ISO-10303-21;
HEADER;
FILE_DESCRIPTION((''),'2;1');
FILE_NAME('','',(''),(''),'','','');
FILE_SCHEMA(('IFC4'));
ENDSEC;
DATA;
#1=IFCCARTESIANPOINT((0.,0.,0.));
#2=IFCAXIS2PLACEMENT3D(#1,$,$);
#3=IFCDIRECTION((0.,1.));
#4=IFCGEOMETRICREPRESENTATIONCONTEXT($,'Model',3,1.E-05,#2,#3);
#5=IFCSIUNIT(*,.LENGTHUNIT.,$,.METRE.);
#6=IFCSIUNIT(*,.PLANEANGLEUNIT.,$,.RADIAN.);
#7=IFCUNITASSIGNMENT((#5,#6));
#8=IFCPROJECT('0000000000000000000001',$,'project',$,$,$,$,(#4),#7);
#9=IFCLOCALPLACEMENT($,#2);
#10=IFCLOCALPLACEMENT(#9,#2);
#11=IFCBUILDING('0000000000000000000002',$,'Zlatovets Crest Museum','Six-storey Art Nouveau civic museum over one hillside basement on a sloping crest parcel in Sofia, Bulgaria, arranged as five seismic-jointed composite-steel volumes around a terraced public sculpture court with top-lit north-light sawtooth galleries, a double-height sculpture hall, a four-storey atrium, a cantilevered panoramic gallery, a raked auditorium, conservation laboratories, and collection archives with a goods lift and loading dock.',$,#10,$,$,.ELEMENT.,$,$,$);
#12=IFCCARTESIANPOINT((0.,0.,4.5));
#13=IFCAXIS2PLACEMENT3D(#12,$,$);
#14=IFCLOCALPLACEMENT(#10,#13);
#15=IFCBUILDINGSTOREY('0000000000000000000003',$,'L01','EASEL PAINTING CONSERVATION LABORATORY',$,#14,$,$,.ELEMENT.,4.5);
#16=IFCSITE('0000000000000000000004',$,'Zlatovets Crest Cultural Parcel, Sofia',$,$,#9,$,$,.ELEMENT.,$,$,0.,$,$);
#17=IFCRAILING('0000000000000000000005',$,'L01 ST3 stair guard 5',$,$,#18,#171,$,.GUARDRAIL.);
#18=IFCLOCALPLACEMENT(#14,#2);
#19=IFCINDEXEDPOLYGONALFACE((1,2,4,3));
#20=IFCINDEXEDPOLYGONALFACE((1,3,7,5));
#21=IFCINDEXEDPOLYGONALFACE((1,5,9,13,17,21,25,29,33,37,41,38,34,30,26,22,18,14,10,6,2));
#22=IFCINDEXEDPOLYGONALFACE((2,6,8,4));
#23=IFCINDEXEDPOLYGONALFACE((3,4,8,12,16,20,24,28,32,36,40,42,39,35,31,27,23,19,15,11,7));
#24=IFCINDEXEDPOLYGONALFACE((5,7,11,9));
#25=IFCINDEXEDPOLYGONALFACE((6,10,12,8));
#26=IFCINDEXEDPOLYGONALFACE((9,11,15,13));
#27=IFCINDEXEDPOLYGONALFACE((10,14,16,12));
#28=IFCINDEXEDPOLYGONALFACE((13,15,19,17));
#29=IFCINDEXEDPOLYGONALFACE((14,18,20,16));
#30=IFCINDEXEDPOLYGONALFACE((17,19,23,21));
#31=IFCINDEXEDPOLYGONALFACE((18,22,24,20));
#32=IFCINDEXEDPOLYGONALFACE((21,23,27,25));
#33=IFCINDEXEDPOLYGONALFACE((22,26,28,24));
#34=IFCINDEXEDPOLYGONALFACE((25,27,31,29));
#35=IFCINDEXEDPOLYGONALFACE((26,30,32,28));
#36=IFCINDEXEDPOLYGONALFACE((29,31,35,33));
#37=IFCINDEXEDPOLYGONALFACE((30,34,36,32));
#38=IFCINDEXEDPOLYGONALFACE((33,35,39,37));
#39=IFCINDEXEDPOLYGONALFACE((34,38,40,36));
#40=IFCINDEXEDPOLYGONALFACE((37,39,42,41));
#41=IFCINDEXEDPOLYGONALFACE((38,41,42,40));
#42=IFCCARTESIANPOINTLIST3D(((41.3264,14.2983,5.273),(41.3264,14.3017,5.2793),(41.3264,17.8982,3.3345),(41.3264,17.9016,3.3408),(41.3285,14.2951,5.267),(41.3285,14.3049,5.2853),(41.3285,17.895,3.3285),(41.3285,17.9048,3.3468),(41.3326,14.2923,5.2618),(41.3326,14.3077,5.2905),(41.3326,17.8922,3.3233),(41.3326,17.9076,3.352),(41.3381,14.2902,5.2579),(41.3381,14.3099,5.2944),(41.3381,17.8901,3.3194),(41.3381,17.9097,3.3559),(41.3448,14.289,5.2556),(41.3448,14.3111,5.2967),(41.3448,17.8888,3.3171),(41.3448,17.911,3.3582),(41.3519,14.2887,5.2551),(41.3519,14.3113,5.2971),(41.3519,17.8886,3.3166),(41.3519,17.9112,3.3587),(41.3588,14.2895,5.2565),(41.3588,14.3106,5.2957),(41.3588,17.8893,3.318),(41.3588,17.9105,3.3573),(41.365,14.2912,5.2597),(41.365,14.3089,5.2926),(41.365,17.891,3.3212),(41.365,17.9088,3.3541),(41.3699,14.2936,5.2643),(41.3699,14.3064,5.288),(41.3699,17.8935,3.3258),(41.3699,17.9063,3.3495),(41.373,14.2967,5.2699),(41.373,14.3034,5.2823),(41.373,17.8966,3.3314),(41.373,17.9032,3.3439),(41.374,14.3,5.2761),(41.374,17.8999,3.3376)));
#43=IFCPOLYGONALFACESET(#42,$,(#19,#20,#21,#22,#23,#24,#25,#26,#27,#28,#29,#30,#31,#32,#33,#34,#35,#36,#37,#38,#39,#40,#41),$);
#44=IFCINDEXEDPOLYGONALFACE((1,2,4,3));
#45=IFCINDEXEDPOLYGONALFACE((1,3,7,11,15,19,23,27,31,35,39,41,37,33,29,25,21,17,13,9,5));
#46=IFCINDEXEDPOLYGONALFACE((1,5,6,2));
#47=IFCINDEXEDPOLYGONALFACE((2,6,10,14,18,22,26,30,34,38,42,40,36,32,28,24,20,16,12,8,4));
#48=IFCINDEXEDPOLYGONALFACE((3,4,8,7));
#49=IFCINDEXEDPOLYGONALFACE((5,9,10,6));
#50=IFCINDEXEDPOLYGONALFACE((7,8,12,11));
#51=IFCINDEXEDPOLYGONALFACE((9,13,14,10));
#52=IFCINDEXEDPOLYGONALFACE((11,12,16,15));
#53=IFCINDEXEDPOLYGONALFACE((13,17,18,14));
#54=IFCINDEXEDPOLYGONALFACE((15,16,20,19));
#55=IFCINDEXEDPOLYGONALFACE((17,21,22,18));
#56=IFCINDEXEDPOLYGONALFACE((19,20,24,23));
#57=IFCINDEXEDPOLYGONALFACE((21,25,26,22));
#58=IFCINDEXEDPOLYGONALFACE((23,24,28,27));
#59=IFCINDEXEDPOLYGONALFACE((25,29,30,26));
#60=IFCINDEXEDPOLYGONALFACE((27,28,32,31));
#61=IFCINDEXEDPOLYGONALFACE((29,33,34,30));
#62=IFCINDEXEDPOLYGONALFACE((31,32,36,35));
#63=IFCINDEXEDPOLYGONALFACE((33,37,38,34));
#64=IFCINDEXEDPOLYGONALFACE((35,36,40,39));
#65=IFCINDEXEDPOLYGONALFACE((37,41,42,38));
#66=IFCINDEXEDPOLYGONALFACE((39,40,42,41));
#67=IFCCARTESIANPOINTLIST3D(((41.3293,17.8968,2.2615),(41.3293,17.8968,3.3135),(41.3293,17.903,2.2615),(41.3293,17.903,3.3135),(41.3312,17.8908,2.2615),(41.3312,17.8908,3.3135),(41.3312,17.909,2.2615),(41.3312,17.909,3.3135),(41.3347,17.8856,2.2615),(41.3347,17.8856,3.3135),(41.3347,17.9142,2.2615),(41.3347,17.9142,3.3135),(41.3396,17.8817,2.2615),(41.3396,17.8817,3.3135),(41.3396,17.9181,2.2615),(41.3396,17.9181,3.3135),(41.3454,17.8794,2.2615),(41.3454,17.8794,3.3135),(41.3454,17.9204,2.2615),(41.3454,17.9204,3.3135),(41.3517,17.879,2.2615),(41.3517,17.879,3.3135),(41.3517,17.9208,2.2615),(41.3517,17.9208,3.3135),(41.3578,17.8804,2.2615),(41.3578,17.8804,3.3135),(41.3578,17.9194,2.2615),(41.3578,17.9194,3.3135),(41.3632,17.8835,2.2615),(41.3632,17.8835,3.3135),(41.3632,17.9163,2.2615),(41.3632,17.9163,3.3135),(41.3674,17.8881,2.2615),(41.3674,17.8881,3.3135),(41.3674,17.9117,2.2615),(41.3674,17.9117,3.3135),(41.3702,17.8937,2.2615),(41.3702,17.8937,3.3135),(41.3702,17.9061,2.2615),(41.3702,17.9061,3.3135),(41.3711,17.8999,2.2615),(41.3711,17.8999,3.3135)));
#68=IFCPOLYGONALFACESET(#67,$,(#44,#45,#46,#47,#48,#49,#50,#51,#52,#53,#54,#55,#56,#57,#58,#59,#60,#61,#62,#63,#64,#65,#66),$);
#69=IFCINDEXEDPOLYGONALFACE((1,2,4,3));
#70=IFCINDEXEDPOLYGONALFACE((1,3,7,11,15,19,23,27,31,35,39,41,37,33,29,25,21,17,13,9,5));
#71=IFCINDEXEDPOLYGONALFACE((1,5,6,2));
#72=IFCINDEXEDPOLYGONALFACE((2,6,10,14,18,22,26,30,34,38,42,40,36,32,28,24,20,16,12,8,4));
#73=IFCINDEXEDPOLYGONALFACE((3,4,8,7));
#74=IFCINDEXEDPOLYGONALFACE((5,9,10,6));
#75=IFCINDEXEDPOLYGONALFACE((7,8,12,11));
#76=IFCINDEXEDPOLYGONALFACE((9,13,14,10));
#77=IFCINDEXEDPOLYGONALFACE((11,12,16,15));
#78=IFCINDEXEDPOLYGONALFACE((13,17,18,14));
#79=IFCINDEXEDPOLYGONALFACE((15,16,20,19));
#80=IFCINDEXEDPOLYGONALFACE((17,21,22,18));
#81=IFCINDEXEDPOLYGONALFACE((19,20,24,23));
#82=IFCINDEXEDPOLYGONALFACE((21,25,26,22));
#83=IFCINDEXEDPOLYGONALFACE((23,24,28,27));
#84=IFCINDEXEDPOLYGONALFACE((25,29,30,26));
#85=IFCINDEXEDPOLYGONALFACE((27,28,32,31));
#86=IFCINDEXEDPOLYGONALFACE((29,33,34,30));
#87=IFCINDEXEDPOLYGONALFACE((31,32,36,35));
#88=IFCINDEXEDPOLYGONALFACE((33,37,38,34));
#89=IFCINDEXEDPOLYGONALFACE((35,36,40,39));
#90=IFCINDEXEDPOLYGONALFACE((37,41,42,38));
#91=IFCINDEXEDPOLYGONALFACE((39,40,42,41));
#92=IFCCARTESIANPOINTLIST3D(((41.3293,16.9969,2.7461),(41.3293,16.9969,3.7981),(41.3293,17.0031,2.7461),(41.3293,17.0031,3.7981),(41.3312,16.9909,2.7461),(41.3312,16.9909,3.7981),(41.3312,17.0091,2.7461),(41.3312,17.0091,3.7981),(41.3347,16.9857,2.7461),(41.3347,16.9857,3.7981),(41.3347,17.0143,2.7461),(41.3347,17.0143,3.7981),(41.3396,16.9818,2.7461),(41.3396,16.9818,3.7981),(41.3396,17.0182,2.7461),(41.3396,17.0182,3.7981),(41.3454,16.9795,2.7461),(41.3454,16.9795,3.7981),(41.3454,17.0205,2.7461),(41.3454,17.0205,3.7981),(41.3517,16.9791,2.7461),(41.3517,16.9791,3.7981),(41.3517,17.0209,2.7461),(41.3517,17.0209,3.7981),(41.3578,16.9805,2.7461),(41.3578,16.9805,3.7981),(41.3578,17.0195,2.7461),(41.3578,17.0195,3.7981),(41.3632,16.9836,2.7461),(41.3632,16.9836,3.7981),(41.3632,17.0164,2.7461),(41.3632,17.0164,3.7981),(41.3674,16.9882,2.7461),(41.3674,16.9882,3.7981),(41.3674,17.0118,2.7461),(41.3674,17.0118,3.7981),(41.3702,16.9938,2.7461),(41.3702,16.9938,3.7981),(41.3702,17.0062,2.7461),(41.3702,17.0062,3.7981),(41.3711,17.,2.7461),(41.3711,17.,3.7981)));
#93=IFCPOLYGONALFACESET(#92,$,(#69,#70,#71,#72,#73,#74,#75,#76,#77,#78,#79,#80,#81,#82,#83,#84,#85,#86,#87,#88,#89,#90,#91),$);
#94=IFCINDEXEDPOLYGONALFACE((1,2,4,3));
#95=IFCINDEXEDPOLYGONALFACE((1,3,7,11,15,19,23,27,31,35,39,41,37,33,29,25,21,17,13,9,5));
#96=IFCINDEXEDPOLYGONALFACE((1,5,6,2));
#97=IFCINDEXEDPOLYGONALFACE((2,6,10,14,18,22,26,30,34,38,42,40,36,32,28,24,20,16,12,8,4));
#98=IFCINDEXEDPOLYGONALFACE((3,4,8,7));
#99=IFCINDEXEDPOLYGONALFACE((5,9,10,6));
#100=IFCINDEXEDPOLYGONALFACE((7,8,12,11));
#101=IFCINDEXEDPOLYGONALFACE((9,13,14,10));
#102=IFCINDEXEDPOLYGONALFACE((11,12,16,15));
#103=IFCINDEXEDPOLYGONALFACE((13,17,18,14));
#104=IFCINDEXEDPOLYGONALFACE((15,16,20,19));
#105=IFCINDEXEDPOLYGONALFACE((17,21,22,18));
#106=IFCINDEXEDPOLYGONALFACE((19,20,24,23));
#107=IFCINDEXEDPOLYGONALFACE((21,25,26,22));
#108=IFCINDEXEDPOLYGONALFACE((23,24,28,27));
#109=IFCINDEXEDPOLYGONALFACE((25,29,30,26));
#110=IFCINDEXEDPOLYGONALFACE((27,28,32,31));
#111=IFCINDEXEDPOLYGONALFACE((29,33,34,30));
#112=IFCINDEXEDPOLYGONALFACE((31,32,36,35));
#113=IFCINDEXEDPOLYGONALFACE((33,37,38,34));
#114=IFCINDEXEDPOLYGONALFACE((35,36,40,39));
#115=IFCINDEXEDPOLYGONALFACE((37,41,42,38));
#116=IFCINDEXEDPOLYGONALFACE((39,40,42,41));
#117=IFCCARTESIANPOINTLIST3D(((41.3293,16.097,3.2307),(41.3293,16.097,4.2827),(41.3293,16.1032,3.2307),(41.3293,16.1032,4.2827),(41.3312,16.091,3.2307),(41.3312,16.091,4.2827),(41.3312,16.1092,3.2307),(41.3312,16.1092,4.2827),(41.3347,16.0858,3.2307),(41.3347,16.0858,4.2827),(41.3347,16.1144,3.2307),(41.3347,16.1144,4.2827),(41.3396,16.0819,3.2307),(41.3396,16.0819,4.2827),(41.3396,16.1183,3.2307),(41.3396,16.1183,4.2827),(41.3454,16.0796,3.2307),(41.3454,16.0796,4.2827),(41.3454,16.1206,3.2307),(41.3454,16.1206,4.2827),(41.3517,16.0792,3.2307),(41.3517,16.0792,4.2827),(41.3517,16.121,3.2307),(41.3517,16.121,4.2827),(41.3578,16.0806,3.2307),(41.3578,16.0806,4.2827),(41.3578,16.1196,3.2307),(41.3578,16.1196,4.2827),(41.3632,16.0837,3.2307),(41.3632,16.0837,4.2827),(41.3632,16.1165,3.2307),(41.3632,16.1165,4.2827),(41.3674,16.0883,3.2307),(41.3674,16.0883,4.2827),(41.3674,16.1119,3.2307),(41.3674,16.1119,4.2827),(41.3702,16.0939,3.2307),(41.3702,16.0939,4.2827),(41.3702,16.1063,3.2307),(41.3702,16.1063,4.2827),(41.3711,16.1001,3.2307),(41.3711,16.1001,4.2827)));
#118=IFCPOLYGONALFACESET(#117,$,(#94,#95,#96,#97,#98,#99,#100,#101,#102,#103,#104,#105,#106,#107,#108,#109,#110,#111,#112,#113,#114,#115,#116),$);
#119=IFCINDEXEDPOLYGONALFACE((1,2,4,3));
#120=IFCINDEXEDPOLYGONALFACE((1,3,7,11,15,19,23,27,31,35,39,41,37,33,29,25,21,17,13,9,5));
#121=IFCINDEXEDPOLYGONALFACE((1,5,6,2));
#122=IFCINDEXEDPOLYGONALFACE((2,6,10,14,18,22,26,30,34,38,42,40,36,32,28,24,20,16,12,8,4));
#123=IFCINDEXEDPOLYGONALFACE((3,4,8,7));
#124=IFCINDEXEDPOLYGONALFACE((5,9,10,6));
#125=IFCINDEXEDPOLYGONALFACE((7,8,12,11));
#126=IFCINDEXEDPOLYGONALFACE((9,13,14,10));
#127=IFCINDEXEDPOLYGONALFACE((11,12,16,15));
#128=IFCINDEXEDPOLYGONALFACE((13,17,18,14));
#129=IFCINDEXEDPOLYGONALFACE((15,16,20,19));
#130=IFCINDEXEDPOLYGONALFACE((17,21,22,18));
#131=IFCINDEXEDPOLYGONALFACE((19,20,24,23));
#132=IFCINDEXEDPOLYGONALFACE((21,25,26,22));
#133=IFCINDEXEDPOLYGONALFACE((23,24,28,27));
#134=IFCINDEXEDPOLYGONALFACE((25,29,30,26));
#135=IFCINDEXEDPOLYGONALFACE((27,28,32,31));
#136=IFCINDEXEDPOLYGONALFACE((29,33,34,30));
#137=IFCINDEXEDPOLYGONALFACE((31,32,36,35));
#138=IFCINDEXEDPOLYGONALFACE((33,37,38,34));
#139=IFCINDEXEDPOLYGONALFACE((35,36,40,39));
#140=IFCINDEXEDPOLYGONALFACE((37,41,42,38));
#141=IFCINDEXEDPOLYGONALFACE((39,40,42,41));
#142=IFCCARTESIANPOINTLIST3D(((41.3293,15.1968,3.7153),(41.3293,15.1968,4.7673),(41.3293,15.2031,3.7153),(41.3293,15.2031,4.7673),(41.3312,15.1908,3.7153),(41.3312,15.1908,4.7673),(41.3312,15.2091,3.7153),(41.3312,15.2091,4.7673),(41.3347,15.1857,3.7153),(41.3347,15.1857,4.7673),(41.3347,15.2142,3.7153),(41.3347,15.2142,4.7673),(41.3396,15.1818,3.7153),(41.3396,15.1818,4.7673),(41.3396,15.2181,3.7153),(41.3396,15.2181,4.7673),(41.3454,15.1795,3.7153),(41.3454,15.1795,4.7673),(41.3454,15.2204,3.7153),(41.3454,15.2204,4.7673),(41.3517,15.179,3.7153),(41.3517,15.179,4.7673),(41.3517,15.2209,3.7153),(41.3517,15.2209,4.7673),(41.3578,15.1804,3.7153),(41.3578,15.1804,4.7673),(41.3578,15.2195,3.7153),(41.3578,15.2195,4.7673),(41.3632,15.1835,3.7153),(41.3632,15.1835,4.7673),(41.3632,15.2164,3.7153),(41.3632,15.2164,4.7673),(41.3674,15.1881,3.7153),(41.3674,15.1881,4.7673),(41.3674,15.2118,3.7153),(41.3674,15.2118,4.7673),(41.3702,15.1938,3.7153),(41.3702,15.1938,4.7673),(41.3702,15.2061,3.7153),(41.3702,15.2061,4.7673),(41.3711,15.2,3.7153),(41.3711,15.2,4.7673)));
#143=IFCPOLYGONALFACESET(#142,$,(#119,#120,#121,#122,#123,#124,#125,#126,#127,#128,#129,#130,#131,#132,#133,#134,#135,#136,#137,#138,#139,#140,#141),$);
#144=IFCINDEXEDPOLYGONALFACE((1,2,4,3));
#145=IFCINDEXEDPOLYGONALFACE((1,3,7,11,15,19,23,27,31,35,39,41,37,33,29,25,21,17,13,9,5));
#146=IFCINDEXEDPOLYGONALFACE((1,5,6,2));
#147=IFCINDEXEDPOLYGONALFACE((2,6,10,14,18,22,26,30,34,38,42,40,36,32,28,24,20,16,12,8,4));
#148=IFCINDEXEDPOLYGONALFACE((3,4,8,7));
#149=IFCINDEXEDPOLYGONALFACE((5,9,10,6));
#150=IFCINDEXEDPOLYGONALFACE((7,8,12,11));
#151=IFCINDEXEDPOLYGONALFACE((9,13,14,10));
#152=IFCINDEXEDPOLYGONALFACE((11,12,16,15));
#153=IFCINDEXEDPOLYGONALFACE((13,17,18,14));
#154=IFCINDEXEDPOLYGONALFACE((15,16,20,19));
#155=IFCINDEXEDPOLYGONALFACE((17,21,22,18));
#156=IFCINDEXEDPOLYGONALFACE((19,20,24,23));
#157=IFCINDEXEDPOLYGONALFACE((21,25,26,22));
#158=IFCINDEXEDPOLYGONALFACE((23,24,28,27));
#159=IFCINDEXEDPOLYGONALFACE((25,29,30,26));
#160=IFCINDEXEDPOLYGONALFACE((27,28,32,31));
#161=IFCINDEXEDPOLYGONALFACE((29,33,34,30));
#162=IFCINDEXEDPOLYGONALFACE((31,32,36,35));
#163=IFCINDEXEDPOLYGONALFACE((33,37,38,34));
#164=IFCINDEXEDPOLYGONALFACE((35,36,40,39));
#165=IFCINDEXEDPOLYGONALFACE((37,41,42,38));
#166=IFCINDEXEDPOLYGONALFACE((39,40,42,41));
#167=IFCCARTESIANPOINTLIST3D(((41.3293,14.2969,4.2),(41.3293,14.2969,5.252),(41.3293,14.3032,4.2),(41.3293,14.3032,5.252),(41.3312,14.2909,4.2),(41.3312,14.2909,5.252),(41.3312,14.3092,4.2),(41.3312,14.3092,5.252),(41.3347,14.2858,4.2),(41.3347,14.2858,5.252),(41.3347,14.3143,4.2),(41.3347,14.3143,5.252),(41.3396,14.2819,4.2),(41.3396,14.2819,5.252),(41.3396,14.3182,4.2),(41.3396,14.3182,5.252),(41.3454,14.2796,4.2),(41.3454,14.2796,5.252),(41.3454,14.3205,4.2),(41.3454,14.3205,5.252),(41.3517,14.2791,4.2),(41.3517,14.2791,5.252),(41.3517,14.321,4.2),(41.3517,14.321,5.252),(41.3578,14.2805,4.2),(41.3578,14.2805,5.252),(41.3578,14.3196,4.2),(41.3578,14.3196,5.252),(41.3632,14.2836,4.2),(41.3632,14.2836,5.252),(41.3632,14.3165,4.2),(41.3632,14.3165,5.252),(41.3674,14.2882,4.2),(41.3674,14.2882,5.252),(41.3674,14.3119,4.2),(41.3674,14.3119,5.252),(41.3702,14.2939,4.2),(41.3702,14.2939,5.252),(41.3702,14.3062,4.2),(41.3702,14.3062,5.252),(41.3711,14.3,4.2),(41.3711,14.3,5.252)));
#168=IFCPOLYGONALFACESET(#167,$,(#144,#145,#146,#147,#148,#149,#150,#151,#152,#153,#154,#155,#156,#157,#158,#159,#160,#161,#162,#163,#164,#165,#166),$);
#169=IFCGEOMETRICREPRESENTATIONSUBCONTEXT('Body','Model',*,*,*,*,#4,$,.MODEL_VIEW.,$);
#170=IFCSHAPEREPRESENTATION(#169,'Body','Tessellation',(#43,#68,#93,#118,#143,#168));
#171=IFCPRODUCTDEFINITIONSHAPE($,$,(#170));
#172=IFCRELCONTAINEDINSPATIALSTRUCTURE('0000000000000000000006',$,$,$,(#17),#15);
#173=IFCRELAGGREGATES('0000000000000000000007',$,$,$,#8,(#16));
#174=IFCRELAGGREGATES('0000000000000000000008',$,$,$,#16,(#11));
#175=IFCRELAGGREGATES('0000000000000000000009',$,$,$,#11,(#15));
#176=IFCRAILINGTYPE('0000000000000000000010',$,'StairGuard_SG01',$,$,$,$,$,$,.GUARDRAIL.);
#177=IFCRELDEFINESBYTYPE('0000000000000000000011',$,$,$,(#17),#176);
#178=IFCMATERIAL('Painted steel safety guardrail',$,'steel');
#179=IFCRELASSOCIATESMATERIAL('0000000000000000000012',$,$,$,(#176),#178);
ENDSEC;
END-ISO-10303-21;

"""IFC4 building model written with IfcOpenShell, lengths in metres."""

from ifc_helpers import new_model, si_unit, direction, frame, origin, origin_2d, place, context, subcontext, project, spatial, circle, extrude, material, type_object, element, save


model = new_model("IFC4")

# Units and contexts
model_context = context("Model", 3, precision=1e-05, world=origin(), true_north=direction((0.0, 1.0)))
body_context = subcontext(model_context, "Body", "Model", "MODEL_VIEW")
ifc_project = project(units=[si_unit("LENGTHUNIT", "METRE"), si_unit("PLANEANGLEUNIT", "RADIAN")], contexts=[model_context])

# Site, building, storey
site_placement = place(None, origin())
site = spatial("IfcSite", under=ifc_project, at=site_placement, Name="Zlatovets Crest Cultural Parcel, Sofia", CompositionType="ELEMENT", RefElevation=0.0)
building_placement = place(site_placement, origin())
building = spatial("IfcBuilding", under=site, at=building_placement, Name="Zlatovets Crest Museum", Description="Six-storey Art Nouveau civic museum over one hillside basement on a sloping crest parcel in Sofia, Bulgaria, arranged as five seismic-jointed composite-steel volumes around a terraced public sculpture court with top-lit north-light sawtooth galleries, a double-height sculpture hall, a four-storey atrium, a cantilevered panoramic gallery, a raked auditorium, conservation laboratories, and collection archives with a goods lift and loading dock.", CompositionType="ELEMENT")
storey_placement = place(building_placement, frame((0.0, 0.0, 4.5)))
storey = spatial("IfcBuildingStorey", under=building, at=storey_placement, Name="L01", Description="EASEL PAINTING CONSERVATION LABORATORY", CompositionType="ELEMENT", Elevation=4.5)

# Railing
ifc_material_1 = material(Name="Painted steel safety guardrail", Category="steel")
railing_type_1 = type_object("IfcRailingType", Name="StairGuard_SG01", PredefinedType="GUARDRAIL", material=ifc_material_1)
railing_1_placement = place(storey_placement, frame((41.3501, 17.8999, 2.2615)))
element("IfcRailing", 1, at=railing_1_placement, inside=storey, type_object=railing_type_1, Name="L01 ST3 stair guard 5", PredefinedType="GUARDRAIL", context=body_context, shape_type="SweptSolid", body=[
    extrude(circle(Radius=0.0239, at=origin_2d()), frame((0.0, 0.0, 1.0762), z_axis=(0.0, -0.880462, 0.474118), x_axis=(1.0, 0.0, 0.0)), (0.0, 0.0, 1.0), 4.0886),
    extrude(circle(Radius=0.021, at=origin_2d()), origin(), (0.0, 0.0, 1.0), 1.052),
    extrude(circle(Radius=0.021, at=origin_2d()), frame((0.0, -0.8999, 0.4846)), (0.0, 0.0, 1.0), 1.052),
    extrude(circle(Radius=0.021, at=origin_2d()), frame((0.0, -1.7998, 0.9692)), (0.0, 0.0, 1.0), 1.052),
    extrude(circle(Radius=0.021, at=origin_2d()), frame((0.0, -2.7, 1.4539)), (0.0, 0.0, 1.0), 1.052),
    extrude(circle(Radius=0.021, at=origin_2d()), frame((0.0, -3.5999, 1.9385)), (0.0, 0.0, 1.0), 1.052),
])

save(model, "model.ifc")
